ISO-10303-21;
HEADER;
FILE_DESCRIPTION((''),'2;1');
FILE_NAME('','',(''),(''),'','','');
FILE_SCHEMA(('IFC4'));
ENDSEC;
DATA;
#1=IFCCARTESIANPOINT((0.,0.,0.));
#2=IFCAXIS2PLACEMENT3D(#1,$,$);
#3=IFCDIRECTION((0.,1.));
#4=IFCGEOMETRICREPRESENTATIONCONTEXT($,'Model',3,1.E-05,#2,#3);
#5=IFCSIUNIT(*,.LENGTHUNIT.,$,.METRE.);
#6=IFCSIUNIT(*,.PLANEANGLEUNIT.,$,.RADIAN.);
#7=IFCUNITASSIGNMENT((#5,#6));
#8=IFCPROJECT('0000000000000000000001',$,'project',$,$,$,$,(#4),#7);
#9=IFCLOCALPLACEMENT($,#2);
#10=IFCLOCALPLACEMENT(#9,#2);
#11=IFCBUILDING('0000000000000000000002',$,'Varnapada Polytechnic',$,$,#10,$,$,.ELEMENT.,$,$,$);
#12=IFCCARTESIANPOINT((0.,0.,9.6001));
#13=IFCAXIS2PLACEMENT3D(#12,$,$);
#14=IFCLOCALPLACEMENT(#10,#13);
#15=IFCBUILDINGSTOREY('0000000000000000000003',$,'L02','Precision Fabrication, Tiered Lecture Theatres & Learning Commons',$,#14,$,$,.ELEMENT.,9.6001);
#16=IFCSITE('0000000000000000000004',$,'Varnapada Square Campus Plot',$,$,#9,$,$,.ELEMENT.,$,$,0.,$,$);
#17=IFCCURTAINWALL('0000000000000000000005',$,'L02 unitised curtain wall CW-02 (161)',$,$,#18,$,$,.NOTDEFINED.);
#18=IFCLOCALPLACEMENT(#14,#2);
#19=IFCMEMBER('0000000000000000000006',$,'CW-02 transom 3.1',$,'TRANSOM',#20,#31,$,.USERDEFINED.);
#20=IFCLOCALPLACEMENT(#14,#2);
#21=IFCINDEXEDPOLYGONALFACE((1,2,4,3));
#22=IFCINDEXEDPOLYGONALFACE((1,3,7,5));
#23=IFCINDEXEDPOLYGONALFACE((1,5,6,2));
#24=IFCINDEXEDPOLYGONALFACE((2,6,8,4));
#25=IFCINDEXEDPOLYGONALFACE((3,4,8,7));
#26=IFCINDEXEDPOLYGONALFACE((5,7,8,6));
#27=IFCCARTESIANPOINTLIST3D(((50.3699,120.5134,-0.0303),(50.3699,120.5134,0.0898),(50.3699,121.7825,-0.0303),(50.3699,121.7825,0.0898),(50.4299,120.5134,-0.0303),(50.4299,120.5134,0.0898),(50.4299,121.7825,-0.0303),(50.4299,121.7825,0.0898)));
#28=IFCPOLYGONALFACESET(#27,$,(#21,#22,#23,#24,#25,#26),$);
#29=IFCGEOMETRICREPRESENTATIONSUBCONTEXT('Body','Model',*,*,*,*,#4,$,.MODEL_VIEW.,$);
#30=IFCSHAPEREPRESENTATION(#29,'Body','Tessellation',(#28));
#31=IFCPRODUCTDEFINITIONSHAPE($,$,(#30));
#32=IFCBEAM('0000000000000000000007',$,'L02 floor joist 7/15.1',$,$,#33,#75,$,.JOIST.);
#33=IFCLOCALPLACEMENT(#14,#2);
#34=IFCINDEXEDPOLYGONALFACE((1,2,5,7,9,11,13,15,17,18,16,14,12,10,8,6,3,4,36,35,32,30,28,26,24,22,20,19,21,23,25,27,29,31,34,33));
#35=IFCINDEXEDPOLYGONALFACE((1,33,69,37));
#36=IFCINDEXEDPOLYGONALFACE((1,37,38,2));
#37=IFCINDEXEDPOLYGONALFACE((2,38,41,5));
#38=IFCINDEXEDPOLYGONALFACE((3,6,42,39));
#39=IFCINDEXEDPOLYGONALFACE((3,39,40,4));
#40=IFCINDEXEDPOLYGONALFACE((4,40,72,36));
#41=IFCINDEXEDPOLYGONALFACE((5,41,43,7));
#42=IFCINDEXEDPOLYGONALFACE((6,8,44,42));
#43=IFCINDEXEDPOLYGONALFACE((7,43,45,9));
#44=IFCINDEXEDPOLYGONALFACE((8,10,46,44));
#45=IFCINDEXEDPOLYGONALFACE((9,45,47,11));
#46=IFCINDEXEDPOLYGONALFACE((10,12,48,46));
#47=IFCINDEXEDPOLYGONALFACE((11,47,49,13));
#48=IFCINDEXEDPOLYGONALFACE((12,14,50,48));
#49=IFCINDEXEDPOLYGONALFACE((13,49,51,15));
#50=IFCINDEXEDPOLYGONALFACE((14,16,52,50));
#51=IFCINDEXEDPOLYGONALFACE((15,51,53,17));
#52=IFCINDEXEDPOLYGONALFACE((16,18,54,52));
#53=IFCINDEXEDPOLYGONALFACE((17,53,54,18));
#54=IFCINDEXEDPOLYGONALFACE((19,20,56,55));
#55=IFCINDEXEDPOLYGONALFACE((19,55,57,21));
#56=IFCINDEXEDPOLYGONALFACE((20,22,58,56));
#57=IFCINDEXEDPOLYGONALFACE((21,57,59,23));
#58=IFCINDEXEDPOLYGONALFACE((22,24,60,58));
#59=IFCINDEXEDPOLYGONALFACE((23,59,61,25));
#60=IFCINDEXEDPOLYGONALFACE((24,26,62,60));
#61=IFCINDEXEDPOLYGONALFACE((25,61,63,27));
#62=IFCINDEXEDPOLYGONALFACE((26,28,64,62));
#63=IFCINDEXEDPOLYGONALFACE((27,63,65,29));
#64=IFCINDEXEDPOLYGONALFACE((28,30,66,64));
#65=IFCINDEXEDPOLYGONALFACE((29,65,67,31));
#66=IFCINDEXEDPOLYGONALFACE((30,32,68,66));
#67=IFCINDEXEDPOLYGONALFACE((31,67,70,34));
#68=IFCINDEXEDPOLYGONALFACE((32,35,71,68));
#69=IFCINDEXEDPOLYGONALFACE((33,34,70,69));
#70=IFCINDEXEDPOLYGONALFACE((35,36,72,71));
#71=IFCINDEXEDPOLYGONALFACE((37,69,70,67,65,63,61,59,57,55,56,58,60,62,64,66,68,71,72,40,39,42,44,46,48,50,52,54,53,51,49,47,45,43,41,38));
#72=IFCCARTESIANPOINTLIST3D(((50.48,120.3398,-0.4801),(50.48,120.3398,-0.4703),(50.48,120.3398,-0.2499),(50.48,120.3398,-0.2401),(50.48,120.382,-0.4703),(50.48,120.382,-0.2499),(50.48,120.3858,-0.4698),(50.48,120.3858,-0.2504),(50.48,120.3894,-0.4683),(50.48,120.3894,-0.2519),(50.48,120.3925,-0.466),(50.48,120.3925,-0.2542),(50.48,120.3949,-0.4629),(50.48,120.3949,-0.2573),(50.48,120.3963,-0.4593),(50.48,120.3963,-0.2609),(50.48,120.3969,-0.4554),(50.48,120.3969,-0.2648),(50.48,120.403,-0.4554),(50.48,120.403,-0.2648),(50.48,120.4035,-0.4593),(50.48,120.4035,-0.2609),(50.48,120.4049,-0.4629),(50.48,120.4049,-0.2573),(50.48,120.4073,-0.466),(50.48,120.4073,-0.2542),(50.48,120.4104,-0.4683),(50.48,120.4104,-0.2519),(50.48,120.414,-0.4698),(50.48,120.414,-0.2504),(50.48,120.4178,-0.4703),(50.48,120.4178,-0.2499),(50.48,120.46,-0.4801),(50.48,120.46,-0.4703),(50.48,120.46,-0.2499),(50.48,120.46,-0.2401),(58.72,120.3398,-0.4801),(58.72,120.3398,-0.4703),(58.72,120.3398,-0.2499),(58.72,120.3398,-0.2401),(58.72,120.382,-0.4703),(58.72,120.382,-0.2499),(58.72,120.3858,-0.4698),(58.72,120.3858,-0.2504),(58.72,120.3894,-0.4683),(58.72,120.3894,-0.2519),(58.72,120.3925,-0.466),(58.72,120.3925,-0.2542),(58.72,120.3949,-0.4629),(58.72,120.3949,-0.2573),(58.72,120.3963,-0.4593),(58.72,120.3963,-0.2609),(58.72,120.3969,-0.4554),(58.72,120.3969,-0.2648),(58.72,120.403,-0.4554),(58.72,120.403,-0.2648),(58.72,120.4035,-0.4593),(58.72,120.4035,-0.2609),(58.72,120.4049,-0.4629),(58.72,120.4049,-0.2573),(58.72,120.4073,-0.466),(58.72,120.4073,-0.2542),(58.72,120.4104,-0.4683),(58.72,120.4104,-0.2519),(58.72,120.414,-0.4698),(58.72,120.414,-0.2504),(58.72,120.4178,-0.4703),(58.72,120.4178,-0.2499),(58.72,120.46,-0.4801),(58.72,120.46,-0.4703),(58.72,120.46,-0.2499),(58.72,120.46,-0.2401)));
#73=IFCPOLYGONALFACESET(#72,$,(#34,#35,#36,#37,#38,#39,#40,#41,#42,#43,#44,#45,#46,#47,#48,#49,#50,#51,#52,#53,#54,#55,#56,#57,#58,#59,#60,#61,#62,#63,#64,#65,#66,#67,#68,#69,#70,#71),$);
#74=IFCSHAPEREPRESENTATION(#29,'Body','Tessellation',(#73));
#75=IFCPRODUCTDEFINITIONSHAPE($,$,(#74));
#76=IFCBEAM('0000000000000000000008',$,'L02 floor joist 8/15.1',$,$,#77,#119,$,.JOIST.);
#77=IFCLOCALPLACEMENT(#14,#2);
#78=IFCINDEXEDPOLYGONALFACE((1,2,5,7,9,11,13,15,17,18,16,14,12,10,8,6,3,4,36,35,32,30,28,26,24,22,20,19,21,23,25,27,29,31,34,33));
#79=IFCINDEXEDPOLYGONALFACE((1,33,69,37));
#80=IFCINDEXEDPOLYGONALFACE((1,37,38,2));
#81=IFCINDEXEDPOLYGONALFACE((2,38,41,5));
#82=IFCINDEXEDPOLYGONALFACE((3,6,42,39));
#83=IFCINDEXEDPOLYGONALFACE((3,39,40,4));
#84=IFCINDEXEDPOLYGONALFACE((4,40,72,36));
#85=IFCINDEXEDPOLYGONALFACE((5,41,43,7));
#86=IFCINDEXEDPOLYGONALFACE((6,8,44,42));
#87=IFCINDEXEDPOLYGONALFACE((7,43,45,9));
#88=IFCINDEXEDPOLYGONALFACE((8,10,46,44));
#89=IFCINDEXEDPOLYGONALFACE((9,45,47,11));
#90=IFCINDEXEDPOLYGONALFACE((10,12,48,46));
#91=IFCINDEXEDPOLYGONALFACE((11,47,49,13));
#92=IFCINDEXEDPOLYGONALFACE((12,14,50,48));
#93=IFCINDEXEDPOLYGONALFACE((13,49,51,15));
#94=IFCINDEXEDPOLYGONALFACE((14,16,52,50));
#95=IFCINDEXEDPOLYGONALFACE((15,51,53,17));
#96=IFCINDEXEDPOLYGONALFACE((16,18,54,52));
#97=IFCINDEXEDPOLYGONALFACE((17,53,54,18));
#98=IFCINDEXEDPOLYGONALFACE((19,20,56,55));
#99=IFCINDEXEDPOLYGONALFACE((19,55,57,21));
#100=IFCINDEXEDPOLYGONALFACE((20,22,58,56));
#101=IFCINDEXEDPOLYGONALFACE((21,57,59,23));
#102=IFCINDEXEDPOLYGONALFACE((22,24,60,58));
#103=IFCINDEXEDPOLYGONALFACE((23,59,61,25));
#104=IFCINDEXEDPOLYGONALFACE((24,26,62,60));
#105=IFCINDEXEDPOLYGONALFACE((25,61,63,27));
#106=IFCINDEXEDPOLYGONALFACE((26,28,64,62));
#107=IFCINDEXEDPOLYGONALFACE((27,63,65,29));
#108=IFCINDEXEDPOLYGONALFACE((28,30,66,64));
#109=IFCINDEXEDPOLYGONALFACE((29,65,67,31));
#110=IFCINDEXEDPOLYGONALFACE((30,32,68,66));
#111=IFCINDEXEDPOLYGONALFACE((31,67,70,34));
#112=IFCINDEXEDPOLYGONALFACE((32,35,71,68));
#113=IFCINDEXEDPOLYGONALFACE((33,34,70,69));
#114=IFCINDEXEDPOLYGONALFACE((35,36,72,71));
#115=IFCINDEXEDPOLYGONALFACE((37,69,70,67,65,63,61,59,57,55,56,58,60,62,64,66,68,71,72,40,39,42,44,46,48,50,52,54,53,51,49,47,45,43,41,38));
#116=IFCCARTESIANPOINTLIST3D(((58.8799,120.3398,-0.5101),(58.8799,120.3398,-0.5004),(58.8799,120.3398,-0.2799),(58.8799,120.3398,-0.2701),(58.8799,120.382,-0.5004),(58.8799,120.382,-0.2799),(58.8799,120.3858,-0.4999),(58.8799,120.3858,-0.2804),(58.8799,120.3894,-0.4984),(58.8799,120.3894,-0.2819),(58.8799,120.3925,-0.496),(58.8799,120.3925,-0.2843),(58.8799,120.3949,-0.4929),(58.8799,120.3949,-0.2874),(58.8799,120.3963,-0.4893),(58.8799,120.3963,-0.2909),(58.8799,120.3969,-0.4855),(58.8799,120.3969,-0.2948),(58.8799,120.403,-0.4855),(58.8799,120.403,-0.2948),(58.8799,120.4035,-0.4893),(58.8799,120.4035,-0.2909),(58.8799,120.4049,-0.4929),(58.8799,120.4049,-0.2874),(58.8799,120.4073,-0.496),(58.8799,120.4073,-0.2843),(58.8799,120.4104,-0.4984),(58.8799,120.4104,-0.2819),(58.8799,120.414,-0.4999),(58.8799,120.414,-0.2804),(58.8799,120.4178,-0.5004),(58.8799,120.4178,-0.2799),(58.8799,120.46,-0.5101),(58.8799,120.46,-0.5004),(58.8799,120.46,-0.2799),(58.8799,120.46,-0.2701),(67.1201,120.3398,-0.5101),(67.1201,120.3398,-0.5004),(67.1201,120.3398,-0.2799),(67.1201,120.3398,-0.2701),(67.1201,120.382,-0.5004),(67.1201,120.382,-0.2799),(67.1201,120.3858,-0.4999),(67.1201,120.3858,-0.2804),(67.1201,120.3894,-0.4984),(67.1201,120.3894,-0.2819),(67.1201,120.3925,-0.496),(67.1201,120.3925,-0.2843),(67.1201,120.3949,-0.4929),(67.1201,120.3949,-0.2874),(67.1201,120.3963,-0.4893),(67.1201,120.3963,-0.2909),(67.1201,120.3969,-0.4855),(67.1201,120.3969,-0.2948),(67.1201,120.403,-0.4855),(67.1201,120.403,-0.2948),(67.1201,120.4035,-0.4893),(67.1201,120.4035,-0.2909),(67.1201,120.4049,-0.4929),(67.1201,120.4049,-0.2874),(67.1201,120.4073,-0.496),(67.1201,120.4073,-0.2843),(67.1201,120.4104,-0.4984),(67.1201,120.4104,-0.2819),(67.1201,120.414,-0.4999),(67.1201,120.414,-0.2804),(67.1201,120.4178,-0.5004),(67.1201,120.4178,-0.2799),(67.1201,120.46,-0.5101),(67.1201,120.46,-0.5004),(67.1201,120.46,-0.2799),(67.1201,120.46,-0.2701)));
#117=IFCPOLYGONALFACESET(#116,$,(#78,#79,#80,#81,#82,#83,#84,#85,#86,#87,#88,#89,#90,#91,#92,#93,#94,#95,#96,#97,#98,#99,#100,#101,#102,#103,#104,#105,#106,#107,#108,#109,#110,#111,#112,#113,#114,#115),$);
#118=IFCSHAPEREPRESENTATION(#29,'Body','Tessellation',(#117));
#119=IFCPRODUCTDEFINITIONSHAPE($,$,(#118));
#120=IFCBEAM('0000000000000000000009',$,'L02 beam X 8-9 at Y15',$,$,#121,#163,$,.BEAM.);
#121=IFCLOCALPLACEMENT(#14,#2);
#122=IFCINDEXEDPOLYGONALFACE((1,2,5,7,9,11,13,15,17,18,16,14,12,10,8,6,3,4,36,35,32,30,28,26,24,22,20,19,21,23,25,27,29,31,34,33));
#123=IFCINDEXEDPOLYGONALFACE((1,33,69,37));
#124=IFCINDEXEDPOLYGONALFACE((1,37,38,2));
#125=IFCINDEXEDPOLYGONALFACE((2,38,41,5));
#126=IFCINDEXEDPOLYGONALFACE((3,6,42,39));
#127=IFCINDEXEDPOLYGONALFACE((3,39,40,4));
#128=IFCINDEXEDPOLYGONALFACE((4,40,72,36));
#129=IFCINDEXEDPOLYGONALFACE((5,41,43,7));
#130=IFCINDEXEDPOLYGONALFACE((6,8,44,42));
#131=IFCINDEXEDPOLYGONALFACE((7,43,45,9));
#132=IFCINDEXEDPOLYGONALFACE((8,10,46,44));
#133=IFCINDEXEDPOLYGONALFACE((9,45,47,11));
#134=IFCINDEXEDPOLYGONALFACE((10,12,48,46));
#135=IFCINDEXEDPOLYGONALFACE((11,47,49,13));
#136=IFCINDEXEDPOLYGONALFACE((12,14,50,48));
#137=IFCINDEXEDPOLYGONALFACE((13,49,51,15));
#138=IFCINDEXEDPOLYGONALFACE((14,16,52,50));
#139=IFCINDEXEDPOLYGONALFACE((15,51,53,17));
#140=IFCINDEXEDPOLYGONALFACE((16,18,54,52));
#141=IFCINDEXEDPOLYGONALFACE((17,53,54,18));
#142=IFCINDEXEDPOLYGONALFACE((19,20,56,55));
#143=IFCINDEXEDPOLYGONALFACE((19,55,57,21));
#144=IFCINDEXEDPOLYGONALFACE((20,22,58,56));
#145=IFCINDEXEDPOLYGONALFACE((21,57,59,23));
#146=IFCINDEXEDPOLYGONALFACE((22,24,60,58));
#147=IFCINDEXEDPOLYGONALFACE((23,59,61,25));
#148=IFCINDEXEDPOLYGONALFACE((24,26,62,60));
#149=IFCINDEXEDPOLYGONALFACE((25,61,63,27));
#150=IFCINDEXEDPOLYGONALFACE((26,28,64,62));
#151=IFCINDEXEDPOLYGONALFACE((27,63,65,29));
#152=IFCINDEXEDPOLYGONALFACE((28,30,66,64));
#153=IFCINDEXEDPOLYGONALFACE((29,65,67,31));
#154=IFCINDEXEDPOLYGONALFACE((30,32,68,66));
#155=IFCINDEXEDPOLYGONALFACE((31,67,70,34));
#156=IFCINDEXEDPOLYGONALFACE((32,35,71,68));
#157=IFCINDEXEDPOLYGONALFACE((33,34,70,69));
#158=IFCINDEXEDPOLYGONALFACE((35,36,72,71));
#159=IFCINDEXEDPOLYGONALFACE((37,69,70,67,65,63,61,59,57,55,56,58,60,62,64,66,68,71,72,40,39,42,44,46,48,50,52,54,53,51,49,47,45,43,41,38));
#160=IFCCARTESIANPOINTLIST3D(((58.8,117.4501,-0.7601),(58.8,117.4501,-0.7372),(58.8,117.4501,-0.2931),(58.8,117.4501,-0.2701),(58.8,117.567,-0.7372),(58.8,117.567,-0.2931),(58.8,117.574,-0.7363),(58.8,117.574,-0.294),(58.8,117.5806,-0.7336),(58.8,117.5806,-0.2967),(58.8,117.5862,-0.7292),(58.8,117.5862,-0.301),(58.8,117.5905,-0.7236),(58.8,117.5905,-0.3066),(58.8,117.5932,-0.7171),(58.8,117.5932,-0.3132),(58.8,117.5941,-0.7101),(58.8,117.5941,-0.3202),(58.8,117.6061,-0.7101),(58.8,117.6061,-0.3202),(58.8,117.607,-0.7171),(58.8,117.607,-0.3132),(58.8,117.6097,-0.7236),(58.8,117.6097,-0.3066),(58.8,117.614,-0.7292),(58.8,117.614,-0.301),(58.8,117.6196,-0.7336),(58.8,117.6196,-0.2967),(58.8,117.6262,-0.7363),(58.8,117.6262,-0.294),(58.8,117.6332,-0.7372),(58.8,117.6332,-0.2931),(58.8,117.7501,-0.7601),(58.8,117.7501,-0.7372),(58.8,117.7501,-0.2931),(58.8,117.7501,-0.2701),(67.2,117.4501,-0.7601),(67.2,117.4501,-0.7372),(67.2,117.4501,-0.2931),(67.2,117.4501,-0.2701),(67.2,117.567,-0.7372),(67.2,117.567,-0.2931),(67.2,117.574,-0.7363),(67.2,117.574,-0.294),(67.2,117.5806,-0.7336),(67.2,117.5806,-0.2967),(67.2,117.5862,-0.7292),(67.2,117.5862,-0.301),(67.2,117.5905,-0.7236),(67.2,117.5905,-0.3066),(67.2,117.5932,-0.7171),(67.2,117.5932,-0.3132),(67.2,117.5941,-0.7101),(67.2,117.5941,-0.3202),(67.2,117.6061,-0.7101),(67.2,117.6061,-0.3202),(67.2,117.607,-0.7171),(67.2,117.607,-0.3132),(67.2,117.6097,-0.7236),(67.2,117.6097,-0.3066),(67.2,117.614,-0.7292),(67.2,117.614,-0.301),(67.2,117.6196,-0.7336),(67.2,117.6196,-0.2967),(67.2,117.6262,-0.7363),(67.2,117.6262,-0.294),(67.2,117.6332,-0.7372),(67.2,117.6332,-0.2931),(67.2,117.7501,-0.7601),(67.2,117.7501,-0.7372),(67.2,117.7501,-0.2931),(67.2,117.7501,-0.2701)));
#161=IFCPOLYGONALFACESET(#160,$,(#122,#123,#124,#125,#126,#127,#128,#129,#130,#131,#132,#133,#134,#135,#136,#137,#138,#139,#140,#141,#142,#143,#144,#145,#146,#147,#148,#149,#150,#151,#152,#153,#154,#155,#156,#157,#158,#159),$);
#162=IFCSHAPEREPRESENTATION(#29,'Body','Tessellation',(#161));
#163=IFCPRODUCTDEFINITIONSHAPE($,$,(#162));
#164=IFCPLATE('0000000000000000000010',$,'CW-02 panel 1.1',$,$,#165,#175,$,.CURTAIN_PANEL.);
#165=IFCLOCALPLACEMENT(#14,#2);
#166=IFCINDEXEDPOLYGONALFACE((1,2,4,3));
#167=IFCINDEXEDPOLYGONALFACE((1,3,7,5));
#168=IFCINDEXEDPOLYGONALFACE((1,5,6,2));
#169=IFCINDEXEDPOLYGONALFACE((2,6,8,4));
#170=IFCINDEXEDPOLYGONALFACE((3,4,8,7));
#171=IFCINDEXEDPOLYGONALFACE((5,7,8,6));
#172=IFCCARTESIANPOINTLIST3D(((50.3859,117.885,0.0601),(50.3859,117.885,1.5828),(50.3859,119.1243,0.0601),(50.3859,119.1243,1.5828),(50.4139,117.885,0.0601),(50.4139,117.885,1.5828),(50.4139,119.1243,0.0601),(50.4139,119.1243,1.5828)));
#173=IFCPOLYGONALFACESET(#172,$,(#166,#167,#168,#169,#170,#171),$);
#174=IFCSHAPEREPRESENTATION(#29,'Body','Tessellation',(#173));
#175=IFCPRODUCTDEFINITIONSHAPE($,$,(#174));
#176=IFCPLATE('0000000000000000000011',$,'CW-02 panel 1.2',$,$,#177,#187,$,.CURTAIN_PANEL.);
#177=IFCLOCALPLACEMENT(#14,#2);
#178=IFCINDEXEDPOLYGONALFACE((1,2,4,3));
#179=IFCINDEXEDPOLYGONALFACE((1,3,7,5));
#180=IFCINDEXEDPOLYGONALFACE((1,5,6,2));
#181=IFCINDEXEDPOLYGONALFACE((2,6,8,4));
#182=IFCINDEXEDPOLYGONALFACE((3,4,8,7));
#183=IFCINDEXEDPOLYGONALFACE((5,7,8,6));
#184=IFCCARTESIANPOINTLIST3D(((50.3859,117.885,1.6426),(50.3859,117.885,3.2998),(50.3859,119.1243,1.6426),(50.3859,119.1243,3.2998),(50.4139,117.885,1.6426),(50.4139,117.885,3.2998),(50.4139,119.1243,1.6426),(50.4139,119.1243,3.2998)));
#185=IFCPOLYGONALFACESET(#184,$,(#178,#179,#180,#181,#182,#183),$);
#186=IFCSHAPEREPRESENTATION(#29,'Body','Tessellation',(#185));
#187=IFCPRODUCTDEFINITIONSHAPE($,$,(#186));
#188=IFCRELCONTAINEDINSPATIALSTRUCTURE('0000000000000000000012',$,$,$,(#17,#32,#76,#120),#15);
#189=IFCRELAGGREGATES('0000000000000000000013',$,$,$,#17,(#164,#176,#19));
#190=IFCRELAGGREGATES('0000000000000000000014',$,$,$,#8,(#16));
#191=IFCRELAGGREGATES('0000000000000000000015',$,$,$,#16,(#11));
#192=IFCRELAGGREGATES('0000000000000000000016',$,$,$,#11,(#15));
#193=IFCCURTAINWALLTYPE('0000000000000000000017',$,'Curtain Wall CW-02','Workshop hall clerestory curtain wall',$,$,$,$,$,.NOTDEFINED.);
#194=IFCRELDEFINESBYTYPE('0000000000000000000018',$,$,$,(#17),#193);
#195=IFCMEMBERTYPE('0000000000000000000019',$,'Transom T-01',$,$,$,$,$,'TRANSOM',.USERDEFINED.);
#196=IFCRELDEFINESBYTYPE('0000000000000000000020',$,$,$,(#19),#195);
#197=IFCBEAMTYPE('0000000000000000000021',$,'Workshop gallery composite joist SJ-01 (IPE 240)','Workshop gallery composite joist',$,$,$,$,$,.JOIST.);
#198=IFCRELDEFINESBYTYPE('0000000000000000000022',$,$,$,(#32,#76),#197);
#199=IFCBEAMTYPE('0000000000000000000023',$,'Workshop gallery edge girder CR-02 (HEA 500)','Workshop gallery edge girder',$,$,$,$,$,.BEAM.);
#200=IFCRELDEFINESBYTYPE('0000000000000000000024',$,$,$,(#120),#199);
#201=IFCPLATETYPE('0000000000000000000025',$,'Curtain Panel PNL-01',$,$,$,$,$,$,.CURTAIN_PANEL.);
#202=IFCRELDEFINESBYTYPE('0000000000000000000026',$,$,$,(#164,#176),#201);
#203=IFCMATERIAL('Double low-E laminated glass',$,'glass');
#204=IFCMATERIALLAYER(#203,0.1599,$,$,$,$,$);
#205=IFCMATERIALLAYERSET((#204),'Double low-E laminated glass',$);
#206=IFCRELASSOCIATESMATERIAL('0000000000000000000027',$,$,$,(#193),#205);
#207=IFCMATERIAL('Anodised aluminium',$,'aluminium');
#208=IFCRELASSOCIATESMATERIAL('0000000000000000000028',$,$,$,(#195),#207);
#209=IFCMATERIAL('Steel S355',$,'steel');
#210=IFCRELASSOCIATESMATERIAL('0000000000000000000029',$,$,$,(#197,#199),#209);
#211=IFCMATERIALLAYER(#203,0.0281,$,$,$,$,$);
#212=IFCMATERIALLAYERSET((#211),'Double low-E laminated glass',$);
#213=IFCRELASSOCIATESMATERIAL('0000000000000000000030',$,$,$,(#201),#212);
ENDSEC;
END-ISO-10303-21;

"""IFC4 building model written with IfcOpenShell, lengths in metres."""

from ifc_helpers import new_model, si_unit, direction, frame, origin, origin_2d, place, context, subcontext, project, spatial, rectangle, i_section, extrude, material, layer, layer_set, material_profile, profile_set, type_object, element, aggregate, save


model = new_model("IFC4")

# Units and contexts
model_context = context("Model", 3, precision=1e-05, world=origin(), true_north=direction((0.0, 1.0)))
body_context = subcontext(model_context, "Body", "Model", "MODEL_VIEW")
ifc_project = project(units=[si_unit("LENGTHUNIT", "METRE"), si_unit("PLANEANGLEUNIT", "RADIAN")], contexts=[model_context])

# Site, building, storey
site_placement = place(None, origin())
site = spatial("IfcSite", under=ifc_project, at=site_placement, Name="Varnapada Square Campus Plot", CompositionType="ELEMENT", RefElevation=0.0)
building_placement = place(site_placement, origin())
building = spatial("IfcBuilding", under=site, at=building_placement, Name="Varnapada Polytechnic", CompositionType="ELEMENT")
storey_placement = place(building_placement, frame((0.0, 0.0, 9.6001)))
storey = spatial("IfcBuildingStorey", under=building, at=storey_placement, Name="L02", Description="Precision Fabrication, Tiered Lecture Theatres & Learning Commons", CompositionType="ELEMENT", Elevation=9.6001)

# Curtain wall
ifc_material_1 = material(Name="Double low-E laminated glass", Category="glass")
ifc_layer_1 = layer(ifc_material_1, 0.1599)
ifc_layer_set_1 = layer_set([ifc_layer_1], Name="Double low-E laminated glass")
curtain_wall_type = type_object("IfcCurtainWallType", Name="Curtain Wall CW-02", Description="Workshop hall clerestory curtain wall", PredefinedType="NOTDEFINED", material=ifc_layer_set_1)
curtain_wall_placement = place(storey_placement, origin())
curtain_wall = element("IfcCurtainWall", 1, at=curtain_wall_placement, inside=storey, type_object=curtain_wall_type, Name="L02 unitised curtain wall CW-02 (161)", PredefinedType="NOTDEFINED")
ifc_material_2 = material(Name="Anodised aluminium", Category="aluminium")

# Shared definitions
ifc_material_3 = material(Name="Steel S355", Category="steel")

# Member
ifc_material_profile_1 = material_profile(ifc_material_2, rectangle(XDim=0.0601, YDim=0.1201, at=origin_2d()), Name="ALU T60x120")
ifc_profile_set_1 = profile_set([ifc_material_profile_1], Name="Anodised aluminium")
member_type_1 = type_object("IfcMemberType", Name="Transom T-01", ElementType="TRANSOM", PredefinedType="USERDEFINED", material=ifc_profile_set_1)
member_1_placement = place(storey_placement, frame((50.3999, 120.5134, 0.0298), z_axis=(0.0, 1.0, 0.0), x_axis=(-1.0, 0.0, 0.0)))
member_1 = element("IfcMember", 2, at=member_1_placement, type_object=member_type_1, Name="CW-02 transom 3.1", ObjectType="TRANSOM", PredefinedType="USERDEFINED", context=body_context, shape_type="SweptSolid", body=[
    extrude(rectangle(XDim=0.0601, YDim=0.1201, at=origin_2d()), origin(), (0.0, 0.0, 1.0), 1.269),
])

# Beams
ifc_material_profile_2 = material_profile(ifc_material_3, i_section(OverallWidth=0.1201, OverallDepth=0.24, WebThickness=0.0061, FlangeThickness=0.0098, FilletRadius=0.0149, at=origin_2d()), Name="IPE 240")
ifc_profile_set_2 = profile_set([ifc_material_profile_2], Name="Steel S355")
beam_type_1 = type_object("IfcBeamType", Name="Workshop gallery composite joist SJ-01 (IPE 240)", Description="Workshop gallery composite joist", PredefinedType="JOIST", material=ifc_profile_set_2)
beam_1_placement = place(storey_placement, frame((50.48, 120.3999, -0.3601), z_axis=(1.0, 0.0, 0.0), x_axis=(0.0, 1.0, 0.0)))
element("IfcBeam", 3, at=beam_1_placement, inside=storey, type_object=beam_type_1, Name="L02 floor joist 7/15.1", PredefinedType="JOIST", context=body_context, shape_type="SweptSolid", body=[
    extrude(i_section(OverallWidth=0.1201, OverallDepth=0.24, WebThickness=0.0061, FlangeThickness=0.0098, FilletRadius=0.0149, at=origin_2d()), origin(), (0.0, 0.0, 1.0), 8.24),
])
beam_2_placement = place(storey_placement, frame((58.8799, 120.3999, -0.3901), z_axis=(1.0, 0.0, 0.0), x_axis=(0.0, 1.0, 0.0)))
element("IfcBeam", 4, at=beam_2_placement, inside=storey, type_object=beam_type_1, Name="L02 floor joist 8/15.1", PredefinedType="JOIST", context=body_context, shape_type="SweptSolid", body=[
    extrude(i_section(OverallWidth=0.1201, OverallDepth=0.24, WebThickness=0.0061, FlangeThickness=0.0098, FilletRadius=0.0149, at=origin_2d()), origin(), (0.0, 0.0, 1.0), 8.2402),
])
ifc_material_profile_3 = material_profile(ifc_material_3, i_section(OverallWidth=0.3, OverallDepth=0.49, WebThickness=0.012, FlangeThickness=0.0229, FilletRadius=0.0271, at=origin_2d()), Name="HEA 500")
ifc_profile_set_3 = profile_set([ifc_material_profile_3], Name="Steel S355")
beam_type_2 = type_object("IfcBeamType", Name="Workshop gallery edge girder CR-02 (HEA 500)", Description="Workshop gallery edge girder", PredefinedType="BEAM", material=ifc_profile_set_3)
beam_3_placement = place(storey_placement, frame((58.8, 117.6001, -0.5151), z_axis=(1.0, 0.0, 0.0), x_axis=(0.0, 1.0, 0.0)))
element("IfcBeam", 5, at=beam_3_placement, inside=storey, type_object=beam_type_2, Name="L02 beam X 8-9 at Y15", PredefinedType="BEAM", context=body_context, shape_type="SweptSolid", body=[
    extrude(i_section(OverallWidth=0.3, OverallDepth=0.49, WebThickness=0.012, FlangeThickness=0.0229, FilletRadius=0.0271, at=origin_2d()), origin(), (0.0, 0.0, 1.0), 8.3999),
])

# Plates
ifc_layer_2 = layer(ifc_material_1, 0.0281)
ifc_layer_set_2 = layer_set([ifc_layer_2], Name="Double low-E laminated glass")
plate_type = type_object("IfcPlateType", Name="Curtain Panel PNL-01", PredefinedType="CURTAIN_PANEL", material=ifc_layer_set_2)
plate_1_placement = place(storey_placement, frame((50.3999, 118.5046, 0.0601), z_axis=(0.0, 0.0, 1.0), x_axis=(0.0, 1.0, 0.0)))
plate_1 = element("IfcPlate", 6, at=plate_1_placement, type_object=plate_type, Name="CW-02 panel 1.1", PredefinedType="CURTAIN_PANEL", context=body_context, shape_type="SweptSolid", body=[
    extrude(rectangle(XDim=1.2393, YDim=0.0281, at=origin_2d()), origin(), (0.0, 0.0, 1.0), 1.5227),
])
plate_2_placement = place(storey_placement, frame((50.3999, 118.5046, 1.6426), z_axis=(0.0, 0.0, 1.0), x_axis=(0.0, 1.0, 0.0)))
plate_2 = element("IfcPlate", 7, at=plate_2_placement, type_object=plate_type, Name="CW-02 panel 1.2", PredefinedType="CURTAIN_PANEL", context=body_context, shape_type="SweptSolid", body=[
    extrude(rectangle(XDim=1.2393, YDim=0.0281, at=origin_2d()), origin(), (0.0, 0.0, 1.0), 1.6572),
])
aggregate(curtain_wall, [plate_1, plate_2, member_1])

save(model, "model.ifc")
